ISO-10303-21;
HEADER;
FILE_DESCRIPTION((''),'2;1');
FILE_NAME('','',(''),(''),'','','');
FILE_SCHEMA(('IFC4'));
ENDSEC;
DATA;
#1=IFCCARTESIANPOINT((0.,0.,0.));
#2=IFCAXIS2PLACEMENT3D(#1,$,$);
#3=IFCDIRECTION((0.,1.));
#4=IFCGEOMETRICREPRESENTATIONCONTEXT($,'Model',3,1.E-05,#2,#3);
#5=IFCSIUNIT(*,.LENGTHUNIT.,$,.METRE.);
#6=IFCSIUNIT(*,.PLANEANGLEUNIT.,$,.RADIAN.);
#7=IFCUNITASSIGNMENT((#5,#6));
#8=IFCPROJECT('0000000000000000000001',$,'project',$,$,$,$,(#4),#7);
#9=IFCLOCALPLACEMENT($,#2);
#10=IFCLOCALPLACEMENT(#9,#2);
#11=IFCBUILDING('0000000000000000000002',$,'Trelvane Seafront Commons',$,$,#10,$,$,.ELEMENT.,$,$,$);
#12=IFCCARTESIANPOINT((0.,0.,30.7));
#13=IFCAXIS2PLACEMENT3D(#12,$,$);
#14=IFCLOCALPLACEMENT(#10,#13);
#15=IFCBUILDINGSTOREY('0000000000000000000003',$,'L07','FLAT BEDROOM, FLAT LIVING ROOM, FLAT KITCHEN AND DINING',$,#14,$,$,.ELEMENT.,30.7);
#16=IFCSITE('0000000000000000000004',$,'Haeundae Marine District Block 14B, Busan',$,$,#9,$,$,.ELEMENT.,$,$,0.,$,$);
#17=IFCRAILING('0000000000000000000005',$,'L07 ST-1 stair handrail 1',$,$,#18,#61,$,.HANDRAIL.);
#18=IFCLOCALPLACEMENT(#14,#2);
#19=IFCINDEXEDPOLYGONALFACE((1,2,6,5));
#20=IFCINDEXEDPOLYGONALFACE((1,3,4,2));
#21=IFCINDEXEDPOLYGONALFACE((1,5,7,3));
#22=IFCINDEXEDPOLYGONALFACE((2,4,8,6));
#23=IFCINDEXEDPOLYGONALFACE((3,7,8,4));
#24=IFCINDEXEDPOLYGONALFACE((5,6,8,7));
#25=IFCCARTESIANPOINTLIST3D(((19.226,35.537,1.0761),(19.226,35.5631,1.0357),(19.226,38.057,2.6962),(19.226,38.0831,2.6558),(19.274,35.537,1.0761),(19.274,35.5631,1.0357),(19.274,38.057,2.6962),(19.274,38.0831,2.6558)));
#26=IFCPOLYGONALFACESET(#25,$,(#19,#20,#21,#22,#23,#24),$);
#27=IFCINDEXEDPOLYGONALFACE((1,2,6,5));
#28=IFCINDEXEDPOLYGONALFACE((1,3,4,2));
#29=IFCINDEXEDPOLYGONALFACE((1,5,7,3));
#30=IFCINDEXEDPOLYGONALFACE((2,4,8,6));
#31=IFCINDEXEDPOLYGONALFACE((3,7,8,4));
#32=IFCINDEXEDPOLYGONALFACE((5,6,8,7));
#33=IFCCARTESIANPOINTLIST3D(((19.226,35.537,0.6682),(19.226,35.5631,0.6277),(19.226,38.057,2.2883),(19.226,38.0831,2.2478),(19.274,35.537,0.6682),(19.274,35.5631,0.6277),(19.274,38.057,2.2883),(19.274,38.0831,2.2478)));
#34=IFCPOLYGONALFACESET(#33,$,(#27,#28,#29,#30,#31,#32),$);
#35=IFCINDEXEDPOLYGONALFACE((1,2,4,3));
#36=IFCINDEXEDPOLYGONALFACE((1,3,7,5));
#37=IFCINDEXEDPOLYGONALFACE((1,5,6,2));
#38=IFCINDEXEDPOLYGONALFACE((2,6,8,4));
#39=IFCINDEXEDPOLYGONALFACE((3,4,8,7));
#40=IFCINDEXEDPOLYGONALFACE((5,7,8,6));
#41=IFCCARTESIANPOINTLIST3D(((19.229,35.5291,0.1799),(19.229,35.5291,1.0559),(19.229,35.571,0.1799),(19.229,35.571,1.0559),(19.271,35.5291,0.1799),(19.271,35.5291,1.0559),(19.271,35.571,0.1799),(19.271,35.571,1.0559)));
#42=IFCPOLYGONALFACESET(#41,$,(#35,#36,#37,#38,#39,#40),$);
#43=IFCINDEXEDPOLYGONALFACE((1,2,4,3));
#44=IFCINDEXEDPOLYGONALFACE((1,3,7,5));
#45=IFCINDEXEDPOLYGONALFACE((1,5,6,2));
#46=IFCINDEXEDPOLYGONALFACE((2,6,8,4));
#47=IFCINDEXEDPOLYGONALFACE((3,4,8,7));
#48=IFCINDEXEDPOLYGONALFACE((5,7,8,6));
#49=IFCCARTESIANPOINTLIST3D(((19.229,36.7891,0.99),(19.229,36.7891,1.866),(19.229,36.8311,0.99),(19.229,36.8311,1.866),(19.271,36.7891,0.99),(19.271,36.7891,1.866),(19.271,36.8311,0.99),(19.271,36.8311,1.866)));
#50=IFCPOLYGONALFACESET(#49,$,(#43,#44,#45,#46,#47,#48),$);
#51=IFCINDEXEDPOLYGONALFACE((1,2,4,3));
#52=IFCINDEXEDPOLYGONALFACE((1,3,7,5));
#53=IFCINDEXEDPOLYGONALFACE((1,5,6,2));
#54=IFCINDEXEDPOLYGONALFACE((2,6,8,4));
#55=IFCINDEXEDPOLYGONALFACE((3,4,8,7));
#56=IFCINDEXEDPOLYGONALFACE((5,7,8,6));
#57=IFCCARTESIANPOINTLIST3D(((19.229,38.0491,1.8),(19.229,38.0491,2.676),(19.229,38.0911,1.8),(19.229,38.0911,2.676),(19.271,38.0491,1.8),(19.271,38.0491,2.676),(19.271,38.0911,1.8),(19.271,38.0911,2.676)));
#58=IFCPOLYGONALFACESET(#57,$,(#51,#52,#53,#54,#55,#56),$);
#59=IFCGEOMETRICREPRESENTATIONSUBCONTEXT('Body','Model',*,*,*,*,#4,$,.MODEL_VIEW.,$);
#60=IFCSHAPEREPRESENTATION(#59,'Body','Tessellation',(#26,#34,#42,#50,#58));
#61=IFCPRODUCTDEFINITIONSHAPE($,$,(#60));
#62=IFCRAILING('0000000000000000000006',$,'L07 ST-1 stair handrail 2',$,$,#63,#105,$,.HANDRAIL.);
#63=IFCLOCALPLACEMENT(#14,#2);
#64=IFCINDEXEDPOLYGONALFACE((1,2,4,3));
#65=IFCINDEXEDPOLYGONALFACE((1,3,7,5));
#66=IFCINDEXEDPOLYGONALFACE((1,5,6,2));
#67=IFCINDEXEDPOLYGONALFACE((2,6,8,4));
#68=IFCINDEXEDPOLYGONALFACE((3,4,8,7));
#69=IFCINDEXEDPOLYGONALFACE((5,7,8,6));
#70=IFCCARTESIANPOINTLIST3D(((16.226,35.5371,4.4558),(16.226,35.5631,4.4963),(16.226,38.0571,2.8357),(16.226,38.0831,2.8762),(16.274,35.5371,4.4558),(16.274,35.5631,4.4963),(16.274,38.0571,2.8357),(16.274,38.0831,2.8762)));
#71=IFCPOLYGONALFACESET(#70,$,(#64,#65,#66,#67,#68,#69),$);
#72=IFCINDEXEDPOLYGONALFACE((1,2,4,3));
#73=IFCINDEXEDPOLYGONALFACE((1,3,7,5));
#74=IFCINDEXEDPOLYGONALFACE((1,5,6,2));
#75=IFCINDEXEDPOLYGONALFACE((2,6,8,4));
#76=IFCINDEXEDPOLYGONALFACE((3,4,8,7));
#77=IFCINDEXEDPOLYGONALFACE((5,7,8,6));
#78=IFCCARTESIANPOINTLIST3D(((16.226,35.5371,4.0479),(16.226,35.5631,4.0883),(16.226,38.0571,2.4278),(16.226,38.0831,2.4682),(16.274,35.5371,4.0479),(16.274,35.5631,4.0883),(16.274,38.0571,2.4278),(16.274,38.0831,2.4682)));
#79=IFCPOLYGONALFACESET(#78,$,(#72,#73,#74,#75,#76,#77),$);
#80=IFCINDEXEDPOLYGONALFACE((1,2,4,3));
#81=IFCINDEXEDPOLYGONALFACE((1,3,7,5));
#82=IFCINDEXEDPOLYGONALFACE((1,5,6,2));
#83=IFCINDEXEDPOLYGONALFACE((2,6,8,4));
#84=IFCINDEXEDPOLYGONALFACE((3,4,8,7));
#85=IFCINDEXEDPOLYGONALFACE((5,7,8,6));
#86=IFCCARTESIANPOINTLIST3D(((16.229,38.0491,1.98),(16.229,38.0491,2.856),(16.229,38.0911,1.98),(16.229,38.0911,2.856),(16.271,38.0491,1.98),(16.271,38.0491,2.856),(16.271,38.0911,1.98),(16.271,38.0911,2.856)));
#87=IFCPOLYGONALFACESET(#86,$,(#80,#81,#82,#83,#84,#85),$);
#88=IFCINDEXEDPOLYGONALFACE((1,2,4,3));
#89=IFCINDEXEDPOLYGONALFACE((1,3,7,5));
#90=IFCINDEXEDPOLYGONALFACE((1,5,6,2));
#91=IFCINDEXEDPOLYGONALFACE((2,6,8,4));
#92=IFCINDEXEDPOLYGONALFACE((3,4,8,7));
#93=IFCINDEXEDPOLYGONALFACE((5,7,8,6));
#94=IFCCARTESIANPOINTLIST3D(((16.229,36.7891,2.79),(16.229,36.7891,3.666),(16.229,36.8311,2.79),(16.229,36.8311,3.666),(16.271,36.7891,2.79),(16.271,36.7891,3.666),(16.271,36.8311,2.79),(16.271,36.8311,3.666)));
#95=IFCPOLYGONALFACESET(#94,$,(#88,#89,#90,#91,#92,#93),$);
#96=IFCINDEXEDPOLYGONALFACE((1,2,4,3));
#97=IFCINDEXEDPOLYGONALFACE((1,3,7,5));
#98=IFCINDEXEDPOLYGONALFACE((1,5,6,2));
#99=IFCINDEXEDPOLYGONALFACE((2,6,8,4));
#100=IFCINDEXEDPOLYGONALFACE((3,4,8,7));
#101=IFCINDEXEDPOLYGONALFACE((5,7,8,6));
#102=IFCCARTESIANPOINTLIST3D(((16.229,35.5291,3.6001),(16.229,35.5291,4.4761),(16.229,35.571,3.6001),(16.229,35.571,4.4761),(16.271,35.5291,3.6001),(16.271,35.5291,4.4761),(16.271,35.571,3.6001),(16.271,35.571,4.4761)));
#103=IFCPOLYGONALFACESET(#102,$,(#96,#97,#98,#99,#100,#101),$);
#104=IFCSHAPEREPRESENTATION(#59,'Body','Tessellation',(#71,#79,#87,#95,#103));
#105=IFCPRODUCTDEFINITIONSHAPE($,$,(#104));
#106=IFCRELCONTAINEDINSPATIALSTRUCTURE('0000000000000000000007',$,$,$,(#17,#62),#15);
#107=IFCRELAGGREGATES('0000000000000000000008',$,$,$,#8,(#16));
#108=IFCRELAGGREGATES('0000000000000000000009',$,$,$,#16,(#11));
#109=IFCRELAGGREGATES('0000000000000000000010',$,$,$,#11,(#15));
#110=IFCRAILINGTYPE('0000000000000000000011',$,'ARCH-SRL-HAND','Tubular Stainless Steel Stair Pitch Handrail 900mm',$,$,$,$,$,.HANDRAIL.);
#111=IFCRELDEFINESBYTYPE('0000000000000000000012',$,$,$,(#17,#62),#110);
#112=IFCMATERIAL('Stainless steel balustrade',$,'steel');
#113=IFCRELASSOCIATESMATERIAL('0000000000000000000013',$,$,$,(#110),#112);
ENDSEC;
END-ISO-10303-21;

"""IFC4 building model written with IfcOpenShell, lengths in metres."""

from ifc_helpers import new_model, si_unit, direction, frame, origin, origin_2d, place, context, subcontext, project, spatial, rectangle, extrude, material, type_object, element, save


model = new_model("IFC4")

# Units and contexts
model_context = context("Model", 3, precision=1e-05, world=origin(), true_north=direction((0.0, 1.0)))
body_context = subcontext(model_context, "Body", "Model", "MODEL_VIEW")
ifc_project = project(units=[si_unit("LENGTHUNIT", "METRE"), si_unit("PLANEANGLEUNIT", "RADIAN")], contexts=[model_context])

# Site, building, storey
site_placement = place(None, origin())
site = spatial("IfcSite", under=ifc_project, at=site_placement, Name="Haeundae Marine District Block 14B, Busan", CompositionType="ELEMENT", RefElevation=0.0)
building_placement = place(site_placement, origin())
building = spatial("IfcBuilding", under=site, at=building_placement, Name="Trelvane Seafront Commons", CompositionType="ELEMENT")
storey_placement = place(building_placement, frame((0.0, 0.0, 30.7)))
storey = spatial("IfcBuildingStorey", under=building, at=storey_placement, Name="L07", Description="FLAT BEDROOM, FLAT LIVING ROOM, FLAT KITCHEN AND DINING", CompositionType="ELEMENT", Elevation=30.7)

# Shared definitions
ifc_material_1 = material(Name="Stainless steel balustrade", Category="steel")

# Railings
railing_type_1 = type_object("IfcRailingType", Name="ARCH-SRL-HAND", Description="Tubular Stainless Steel Stair Pitch Handrail 900mm", PredefinedType="HANDRAIL", material=ifc_material_1)
railing_1_placement = place(storey_placement, frame((19.25, 35.55, 0.1799)))
element("IfcRailing", 1, at=railing_1_placement, inside=storey, type_object=railing_type_1, Name="L07 ST-1 stair handrail 1", PredefinedType="HANDRAIL", context=body_context, shape_type="SweptSolid", body=[
    extrude(rectangle(XDim=0.0481, YDim=0.0481, at=origin_2d()), frame((0.0, 0.0, 0.876), z_axis=(0.0, 0.841163, 0.540782), x_axis=(-1.0, 0.0, 0.0)), (0.0, 0.0, 1.0), 2.9958),
    extrude(rectangle(XDim=0.0481, YDim=0.0481, at=origin_2d()), frame((0.0, 0.0, 0.468), z_axis=(0.0, 0.841163, 0.540782), x_axis=(-1.0, 0.0, 0.0)), (0.0, 0.0, 1.0), 2.9958),
    extrude(rectangle(XDim=0.042, YDim=0.042, at=origin_2d()), origin(), (0.0, 0.0, 1.0), 0.876),
    extrude(rectangle(XDim=0.042, YDim=0.042, at=origin_2d()), frame((0.0, 1.26, 0.8101)), (0.0, 0.0, 1.0), 0.876),
    extrude(rectangle(XDim=0.042, YDim=0.042, at=origin_2d()), frame((0.0, 2.52, 1.6201)), (0.0, 0.0, 1.0), 0.876),
])
railing_2_placement = place(storey_placement, frame((16.25, 38.0701, 1.98)))
element("IfcRailing", 2, at=railing_2_placement, inside=storey, type_object=railing_type_1, Name="L07 ST-1 stair handrail 2", PredefinedType="HANDRAIL", context=body_context, shape_type="SweptSolid", body=[
    extrude(rectangle(XDim=0.0481, YDim=0.0481, at=origin_2d()), frame((0.0, 0.0, 0.876), z_axis=(0.0, -0.841163, 0.540782), x_axis=(1.0, 0.0, 0.0)), (0.0, 0.0, 1.0), 2.9958),
    extrude(rectangle(XDim=0.0481, YDim=0.0481, at=origin_2d()), frame((0.0, 0.0, 0.468), z_axis=(0.0, -0.841163, 0.540782), x_axis=(1.0, 0.0, 0.0)), (0.0, 0.0, 1.0), 2.9958),
    extrude(rectangle(XDim=0.042, YDim=0.042, at=origin_2d()), origin(), (0.0, 0.0, 1.0), 0.876),
    extrude(rectangle(XDim=0.042, YDim=0.042, at=origin_2d()), frame((0.0, -1.26, 0.8101)), (0.0, 0.0, 1.0), 0.876),
    extrude(rectangle(XDim=0.042, YDim=0.042, at=origin_2d()), frame((0.0, -2.52, 1.6201)), (0.0, 0.0, 1.0), 0.876),
])

save(model, "model.ifc")
